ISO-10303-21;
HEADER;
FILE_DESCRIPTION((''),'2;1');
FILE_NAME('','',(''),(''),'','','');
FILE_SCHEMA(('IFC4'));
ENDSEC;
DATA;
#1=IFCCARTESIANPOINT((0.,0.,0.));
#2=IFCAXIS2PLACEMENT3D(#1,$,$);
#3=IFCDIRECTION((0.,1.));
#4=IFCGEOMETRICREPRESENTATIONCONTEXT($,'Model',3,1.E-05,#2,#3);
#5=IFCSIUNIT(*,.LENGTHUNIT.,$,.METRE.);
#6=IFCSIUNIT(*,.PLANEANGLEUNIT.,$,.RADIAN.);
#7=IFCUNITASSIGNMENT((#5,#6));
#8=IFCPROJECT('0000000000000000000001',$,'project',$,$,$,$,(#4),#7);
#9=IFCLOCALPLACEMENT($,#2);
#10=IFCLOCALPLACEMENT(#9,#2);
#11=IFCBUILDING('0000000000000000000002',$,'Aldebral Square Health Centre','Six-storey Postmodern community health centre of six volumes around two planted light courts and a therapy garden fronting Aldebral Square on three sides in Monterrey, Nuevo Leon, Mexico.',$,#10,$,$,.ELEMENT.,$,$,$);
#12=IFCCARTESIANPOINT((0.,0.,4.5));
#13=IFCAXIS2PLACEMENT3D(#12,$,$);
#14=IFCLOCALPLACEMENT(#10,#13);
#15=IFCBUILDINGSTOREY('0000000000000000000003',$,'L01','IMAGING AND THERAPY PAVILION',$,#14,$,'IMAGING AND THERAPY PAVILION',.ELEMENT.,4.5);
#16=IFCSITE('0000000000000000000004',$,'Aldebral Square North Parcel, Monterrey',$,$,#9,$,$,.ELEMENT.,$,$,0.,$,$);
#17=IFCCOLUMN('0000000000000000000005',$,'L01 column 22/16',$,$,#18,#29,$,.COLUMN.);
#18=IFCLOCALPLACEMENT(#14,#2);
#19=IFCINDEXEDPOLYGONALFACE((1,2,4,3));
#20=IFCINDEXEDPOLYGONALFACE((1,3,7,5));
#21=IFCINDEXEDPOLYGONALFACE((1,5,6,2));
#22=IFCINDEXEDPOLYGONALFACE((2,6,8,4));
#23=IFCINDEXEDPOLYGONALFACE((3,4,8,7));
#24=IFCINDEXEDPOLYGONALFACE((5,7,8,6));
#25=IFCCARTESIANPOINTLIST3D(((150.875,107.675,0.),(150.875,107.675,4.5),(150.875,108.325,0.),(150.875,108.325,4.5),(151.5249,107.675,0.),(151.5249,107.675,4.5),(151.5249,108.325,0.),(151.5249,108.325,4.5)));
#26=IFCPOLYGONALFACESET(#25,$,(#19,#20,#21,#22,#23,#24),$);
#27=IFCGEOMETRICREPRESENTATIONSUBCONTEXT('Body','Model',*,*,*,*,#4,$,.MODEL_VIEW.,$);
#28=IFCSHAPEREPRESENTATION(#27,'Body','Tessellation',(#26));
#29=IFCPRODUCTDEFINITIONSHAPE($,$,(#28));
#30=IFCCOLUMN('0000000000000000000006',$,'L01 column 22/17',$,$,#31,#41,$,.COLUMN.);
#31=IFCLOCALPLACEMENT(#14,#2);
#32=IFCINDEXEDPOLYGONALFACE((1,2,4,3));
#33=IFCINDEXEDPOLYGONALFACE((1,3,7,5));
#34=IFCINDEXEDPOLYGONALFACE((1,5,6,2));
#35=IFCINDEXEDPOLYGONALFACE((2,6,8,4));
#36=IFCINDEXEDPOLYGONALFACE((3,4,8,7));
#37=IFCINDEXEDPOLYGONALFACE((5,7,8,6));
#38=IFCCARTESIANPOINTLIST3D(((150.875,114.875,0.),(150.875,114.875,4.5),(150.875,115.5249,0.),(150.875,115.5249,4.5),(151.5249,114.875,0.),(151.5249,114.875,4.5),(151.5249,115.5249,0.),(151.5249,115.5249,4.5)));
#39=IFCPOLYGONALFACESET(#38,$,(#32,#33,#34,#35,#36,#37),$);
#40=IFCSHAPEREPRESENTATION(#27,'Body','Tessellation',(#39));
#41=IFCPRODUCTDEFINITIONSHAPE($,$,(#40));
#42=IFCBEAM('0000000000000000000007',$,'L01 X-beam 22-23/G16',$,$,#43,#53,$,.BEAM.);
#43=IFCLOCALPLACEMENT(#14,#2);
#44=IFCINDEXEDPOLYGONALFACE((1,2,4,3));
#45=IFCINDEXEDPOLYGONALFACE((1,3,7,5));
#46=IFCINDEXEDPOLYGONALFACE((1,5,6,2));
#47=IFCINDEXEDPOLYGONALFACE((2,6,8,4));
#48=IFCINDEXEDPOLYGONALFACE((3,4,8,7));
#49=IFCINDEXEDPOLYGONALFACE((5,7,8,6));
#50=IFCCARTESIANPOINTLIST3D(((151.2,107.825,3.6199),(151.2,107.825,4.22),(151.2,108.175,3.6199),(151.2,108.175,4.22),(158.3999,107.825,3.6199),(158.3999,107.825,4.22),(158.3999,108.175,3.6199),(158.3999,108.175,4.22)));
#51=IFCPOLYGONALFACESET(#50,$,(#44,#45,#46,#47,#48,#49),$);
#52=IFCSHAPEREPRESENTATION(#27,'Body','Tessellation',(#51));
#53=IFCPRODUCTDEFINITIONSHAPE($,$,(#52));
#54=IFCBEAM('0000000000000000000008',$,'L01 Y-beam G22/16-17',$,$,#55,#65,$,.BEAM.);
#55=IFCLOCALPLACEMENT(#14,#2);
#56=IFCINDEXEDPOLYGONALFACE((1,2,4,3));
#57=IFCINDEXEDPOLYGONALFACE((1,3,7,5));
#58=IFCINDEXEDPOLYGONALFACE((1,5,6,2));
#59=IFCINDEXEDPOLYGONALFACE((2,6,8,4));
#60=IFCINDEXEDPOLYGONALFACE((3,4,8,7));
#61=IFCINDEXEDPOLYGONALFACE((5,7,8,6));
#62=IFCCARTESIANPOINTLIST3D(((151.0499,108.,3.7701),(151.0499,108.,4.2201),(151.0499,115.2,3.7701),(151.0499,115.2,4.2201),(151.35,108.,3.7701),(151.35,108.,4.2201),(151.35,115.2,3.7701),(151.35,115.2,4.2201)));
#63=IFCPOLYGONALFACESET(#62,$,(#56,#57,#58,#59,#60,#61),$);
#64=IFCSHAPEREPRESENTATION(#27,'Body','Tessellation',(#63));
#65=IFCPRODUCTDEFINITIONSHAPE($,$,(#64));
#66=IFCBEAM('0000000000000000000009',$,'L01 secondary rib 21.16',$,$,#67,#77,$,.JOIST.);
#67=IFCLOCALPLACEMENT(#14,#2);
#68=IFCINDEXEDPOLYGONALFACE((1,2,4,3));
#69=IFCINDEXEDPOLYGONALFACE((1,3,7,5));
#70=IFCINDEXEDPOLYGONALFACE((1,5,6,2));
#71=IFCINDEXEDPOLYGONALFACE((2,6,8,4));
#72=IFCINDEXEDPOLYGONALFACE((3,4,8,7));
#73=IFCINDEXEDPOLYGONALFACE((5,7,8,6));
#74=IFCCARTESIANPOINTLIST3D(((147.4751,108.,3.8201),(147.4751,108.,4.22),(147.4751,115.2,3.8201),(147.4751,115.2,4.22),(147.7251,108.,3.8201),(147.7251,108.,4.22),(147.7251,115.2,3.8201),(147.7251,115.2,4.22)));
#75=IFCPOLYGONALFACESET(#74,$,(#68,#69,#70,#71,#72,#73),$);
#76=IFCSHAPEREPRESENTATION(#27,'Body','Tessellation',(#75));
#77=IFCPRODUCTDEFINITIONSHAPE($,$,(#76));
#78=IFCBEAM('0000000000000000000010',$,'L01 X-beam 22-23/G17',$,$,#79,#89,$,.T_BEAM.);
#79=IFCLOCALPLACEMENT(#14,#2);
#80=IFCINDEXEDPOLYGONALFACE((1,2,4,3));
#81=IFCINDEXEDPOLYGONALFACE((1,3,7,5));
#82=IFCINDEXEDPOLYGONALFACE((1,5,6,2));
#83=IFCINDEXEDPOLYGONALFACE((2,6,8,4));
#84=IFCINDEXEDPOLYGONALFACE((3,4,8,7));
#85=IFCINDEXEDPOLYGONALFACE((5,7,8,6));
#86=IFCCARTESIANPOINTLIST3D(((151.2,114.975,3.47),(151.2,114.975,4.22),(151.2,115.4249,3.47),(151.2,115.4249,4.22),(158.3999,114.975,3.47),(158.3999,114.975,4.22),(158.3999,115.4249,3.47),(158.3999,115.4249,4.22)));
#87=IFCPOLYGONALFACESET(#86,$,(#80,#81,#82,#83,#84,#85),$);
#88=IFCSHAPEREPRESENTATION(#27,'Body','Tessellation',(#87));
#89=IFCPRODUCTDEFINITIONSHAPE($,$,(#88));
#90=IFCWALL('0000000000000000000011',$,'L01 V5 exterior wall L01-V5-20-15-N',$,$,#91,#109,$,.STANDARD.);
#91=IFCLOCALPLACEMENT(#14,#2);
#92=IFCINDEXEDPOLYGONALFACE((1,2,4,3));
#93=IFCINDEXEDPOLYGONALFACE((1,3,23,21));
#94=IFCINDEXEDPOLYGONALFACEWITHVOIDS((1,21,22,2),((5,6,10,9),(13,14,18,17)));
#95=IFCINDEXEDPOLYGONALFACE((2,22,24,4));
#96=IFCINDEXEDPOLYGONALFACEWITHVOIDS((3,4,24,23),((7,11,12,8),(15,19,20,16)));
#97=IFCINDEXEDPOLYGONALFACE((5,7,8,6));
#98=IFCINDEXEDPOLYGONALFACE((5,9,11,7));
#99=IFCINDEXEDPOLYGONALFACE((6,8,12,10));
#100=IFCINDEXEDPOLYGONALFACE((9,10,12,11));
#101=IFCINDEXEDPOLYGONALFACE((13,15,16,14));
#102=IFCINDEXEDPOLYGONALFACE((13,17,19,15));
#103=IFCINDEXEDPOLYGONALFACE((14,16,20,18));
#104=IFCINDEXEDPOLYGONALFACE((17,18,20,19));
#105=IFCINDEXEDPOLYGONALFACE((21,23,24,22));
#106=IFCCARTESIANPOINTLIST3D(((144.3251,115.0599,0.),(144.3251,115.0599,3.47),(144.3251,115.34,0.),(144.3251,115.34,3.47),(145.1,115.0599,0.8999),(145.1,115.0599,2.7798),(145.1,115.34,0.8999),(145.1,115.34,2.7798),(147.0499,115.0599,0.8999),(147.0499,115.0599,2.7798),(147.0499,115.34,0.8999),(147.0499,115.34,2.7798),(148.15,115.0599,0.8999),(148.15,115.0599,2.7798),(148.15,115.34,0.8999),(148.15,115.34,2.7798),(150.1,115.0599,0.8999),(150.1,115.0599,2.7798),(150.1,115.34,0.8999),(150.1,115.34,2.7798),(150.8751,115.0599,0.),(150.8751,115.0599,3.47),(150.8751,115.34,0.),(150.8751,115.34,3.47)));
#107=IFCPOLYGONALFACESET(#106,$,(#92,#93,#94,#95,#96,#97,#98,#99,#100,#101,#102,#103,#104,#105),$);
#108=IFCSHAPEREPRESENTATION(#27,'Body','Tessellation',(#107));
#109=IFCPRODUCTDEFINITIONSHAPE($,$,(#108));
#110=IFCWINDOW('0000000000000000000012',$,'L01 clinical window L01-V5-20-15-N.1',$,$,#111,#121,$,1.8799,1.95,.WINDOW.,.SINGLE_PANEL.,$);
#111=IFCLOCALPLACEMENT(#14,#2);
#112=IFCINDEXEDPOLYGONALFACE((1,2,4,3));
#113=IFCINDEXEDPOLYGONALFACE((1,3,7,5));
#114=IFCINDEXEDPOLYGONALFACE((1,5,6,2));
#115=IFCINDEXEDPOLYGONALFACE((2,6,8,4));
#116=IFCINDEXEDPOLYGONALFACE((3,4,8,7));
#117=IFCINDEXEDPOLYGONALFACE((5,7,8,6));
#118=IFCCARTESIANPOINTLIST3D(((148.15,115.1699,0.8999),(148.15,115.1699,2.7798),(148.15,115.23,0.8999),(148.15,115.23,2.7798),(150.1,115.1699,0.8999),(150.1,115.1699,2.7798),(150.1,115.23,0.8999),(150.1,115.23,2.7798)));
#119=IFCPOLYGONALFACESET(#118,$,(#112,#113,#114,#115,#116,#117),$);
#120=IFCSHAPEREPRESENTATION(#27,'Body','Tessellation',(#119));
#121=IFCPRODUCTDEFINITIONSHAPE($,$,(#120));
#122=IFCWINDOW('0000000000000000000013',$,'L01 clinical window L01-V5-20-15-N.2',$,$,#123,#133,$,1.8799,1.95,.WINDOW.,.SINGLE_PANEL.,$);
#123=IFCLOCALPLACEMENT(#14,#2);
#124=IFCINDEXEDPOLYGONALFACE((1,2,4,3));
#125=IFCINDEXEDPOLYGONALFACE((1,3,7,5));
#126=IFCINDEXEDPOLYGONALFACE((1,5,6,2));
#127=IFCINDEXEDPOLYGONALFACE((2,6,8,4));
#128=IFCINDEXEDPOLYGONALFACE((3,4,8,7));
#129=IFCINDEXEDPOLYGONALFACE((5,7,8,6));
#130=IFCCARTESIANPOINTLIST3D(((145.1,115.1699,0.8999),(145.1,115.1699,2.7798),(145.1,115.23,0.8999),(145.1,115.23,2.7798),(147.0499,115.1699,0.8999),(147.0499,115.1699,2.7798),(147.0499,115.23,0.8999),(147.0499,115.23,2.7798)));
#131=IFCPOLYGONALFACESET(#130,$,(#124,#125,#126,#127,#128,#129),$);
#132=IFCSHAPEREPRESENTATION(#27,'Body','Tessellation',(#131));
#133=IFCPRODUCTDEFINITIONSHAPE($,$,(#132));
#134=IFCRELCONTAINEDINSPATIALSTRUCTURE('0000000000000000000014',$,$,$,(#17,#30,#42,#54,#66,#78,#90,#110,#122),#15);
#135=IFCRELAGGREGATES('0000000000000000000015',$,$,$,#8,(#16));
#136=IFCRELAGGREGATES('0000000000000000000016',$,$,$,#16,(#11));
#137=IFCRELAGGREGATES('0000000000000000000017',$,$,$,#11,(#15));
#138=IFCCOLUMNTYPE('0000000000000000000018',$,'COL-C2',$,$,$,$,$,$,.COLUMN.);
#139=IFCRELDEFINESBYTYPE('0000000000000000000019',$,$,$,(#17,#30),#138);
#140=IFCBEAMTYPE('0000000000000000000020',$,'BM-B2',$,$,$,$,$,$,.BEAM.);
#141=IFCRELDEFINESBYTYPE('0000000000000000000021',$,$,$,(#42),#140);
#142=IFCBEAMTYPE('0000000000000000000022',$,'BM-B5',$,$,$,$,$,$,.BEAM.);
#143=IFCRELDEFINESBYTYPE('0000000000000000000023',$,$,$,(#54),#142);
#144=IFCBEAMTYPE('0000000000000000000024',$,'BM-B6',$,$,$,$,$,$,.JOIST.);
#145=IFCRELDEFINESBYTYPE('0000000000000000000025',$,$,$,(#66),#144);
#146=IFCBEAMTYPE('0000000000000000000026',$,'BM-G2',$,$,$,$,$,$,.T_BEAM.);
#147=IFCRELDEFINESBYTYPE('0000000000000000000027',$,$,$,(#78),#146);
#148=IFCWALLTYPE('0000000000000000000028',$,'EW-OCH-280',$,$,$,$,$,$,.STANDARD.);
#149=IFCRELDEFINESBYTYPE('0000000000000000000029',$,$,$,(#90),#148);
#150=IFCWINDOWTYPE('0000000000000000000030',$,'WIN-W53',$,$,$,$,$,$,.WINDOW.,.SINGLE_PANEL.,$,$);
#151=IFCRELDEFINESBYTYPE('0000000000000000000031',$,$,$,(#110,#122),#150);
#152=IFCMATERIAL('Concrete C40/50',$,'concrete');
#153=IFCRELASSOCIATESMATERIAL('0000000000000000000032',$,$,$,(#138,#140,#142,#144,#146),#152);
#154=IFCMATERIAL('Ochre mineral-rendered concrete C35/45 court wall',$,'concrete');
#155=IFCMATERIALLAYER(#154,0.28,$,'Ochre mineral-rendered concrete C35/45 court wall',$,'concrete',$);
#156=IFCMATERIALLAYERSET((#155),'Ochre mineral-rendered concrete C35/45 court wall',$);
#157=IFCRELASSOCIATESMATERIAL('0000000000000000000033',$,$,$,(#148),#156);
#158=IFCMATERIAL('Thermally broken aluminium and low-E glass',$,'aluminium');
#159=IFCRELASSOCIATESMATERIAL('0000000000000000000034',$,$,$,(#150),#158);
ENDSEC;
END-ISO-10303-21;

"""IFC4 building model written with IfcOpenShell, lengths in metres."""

from ifc_helpers import new_model, si_unit, direction, frame, frame_2d, origin, origin_2d, place, context, subcontext, project, spatial, rectangle, extrude, material, layer, layer_set, material_profile, profile_set, type_object, element, fill, save


model = new_model("IFC4")

# Units and contexts
model_context = context("Model", 3, precision=1e-05, world=origin(), true_north=direction((0.0, 1.0)))
body_context = subcontext(model_context, "Body", "Model", "MODEL_VIEW")
ifc_project = project(units=[si_unit("LENGTHUNIT", "METRE"), si_unit("PLANEANGLEUNIT", "RADIAN")], contexts=[model_context])

# Site, building, storey
site_placement = place(None, origin())
site = spatial("IfcSite", under=ifc_project, at=site_placement, Name="Aldebral Square North Parcel, Monterrey", CompositionType="ELEMENT", RefElevation=0.0)
building_placement = place(site_placement, origin())
building = spatial("IfcBuilding", under=site, at=building_placement, Name="Aldebral Square Health Centre", Description="Six-storey Postmodern community health centre of six volumes around two planted light courts and a therapy garden fronting Aldebral Square on three sides in Monterrey, Nuevo Leon, Mexico.", CompositionType="ELEMENT")
storey_placement = place(building_placement, frame((0.0, 0.0, 4.5)))
storey = spatial("IfcBuildingStorey", under=building, at=storey_placement, Name="L01", Description="IMAGING AND THERAPY PAVILION", LongName="IMAGING AND THERAPY PAVILION", CompositionType="ELEMENT", Elevation=4.5)

# Columns
ifc_material_1 = material(Name="Concrete C40/50", Category="concrete")
ifc_material_profile_1 = material_profile(ifc_material_1, rectangle(XDim=0.6499, YDim=0.6499, at=origin_2d()), Name="RC 650x650")
ifc_profile_set_1 = profile_set([ifc_material_profile_1], Name="Concrete C40/50")
column_type = type_object("IfcColumnType", Name="COL-C2", PredefinedType="COLUMN", material=ifc_profile_set_1)
for number, where, z_axis, x_axis, name in (
    (1, (151.2, 108.0, 0.0), (0.0, 0.0, 1.0), (1.0, 0.0, 0.0), "L01 column 22/16"),
    (2, (151.2, 115.2, 0.0), (0.0, 0.0, 1.0), (1.0, 0.0, 0.0), "L01 column 22/17"),
):
    element("IfcColumn", number, at=place(storey_placement, frame(where, z_axis=z_axis, x_axis=x_axis)), inside=storey, type_object=column_type, Name=name, PredefinedType="COLUMN", context=body_context, shape_type="SweptSolid", body=[
        extrude(rectangle(XDim=0.6499, YDim=0.6499, at=origin_2d()), origin(), (0.0, 0.0, 1.0), 4.5),
    ])

# Beams
ifc_material_profile_2 = material_profile(ifc_material_1, rectangle(XDim=0.3501, YDim=0.6001, at=origin_2d()), Name="RC 350x600")
ifc_profile_set_2 = profile_set([ifc_material_profile_2], Name="Concrete C40/50")
beam_type_1 = type_object("IfcBeamType", Name="BM-B2", PredefinedType="BEAM", material=ifc_profile_set_2)
beam_1_placement = place(storey_placement, frame((151.2, 108.0, 3.9199), z_axis=(1.0, 0.0, 0.0), x_axis=(0.0, 1.0, 0.0)))
element("IfcBeam", 3, at=beam_1_placement, inside=storey, type_object=beam_type_1, Name="L01 X-beam 22-23/G16", PredefinedType="BEAM", context=body_context, shape_type="SweptSolid", body=[
    extrude(rectangle(XDim=0.3501, YDim=0.6001, at=origin_2d()), origin(), (0.0, 0.0, 1.0), 7.2),
])
ifc_material_profile_3 = material_profile(ifc_material_1, rectangle(XDim=0.3, YDim=0.45, at=origin_2d()), Name="RC 300x450")
ifc_profile_set_3 = profile_set([ifc_material_profile_3], Name="Concrete C40/50")
beam_type_2 = type_object("IfcBeamType", Name="BM-B5", PredefinedType="BEAM", material=ifc_profile_set_3)
beam_2_placement = place(storey_placement, frame((151.2, 108.0, 3.9951), z_axis=(0.0, 1.0, 0.0), x_axis=(-1.0, 0.0, 0.0)))
element("IfcBeam", 4, at=beam_2_placement, inside=storey, type_object=beam_type_2, Name="L01 Y-beam G22/16-17", PredefinedType="BEAM", context=body_context, shape_type="SweptSolid", body=[
    extrude(rectangle(XDim=0.3, YDim=0.45, at=origin_2d()), origin(), (0.0, 0.0, 1.0), 7.2),
])
ifc_material_profile_4 = material_profile(ifc_material_1, rectangle(XDim=0.25, YDim=0.3999, at=origin_2d()), Name="RC 250x400")
ifc_profile_set_4 = profile_set([ifc_material_profile_4], Name="Concrete C40/50")
beam_type_3 = type_object("IfcBeamType", Name="BM-B6", PredefinedType="JOIST", material=ifc_profile_set_4)
beam_3_placement = place(storey_placement, frame((147.6001, 108.0, 4.02), z_axis=(0.0, 1.0, 0.0), x_axis=(-1.0, 0.0, 0.0)))
element("IfcBeam", 5, at=beam_3_placement, inside=storey, type_object=beam_type_3, Name="L01 secondary rib 21.16", PredefinedType="JOIST", context=body_context, shape_type="SweptSolid", body=[
    extrude(rectangle(XDim=0.25, YDim=0.3999, at=origin_2d()), origin(), (0.0, 0.0, 1.0), 7.2),
])
ifc_material_profile_5 = material_profile(ifc_material_1, rectangle(XDim=0.45, YDim=0.75, at=origin_2d()), Name="RC 450x750")
ifc_profile_set_5 = profile_set([ifc_material_profile_5], Name="Concrete C40/50")
beam_type_4 = type_object("IfcBeamType", Name="BM-G2", PredefinedType="T_BEAM", material=ifc_profile_set_5)
beam_4_placement = place(storey_placement, frame((151.2, 115.2, 3.845), z_axis=(1.0, 0.0, 0.0), x_axis=(0.0, 1.0, 0.0)))
element("IfcBeam", 6, at=beam_4_placement, inside=storey, type_object=beam_type_4, Name="L01 X-beam 22-23/G17", PredefinedType="T_BEAM", context=body_context, shape_type="SweptSolid", body=[
    extrude(rectangle(XDim=0.45, YDim=0.75, at=origin_2d()), origin(), (0.0, 0.0, 1.0), 7.2),
])

# Wall, openings, windows
ifc_material_2 = material(Name="Ochre mineral-rendered concrete C35/45 court wall", Category="concrete")
ifc_layer_1 = layer(ifc_material_2, 0.28, Name="Ochre mineral-rendered concrete C35/45 court wall", Category="concrete")
ifc_layer_set_1 = layer_set([ifc_layer_1], Name="Ochre mineral-rendered concrete C35/45 court wall")
wall_type_1 = type_object("IfcWallType", Name="EW-OCH-280", PredefinedType="STANDARD", material=ifc_layer_set_1)
wall_1_placement = place(storey_placement, frame((150.875, 115.2, 0.0), z_axis=(0.0, 0.0, 1.0), x_axis=(-1.0, 0.0, 0.0)))
wall_1 = element("IfcWall", 7, at=wall_1_placement, inside=storey, type_object=wall_type_1, Name="L01 V5 exterior wall L01-V5-20-15-N", PredefinedType="STANDARD", context=body_context, shape_type="SweptSolid", body=[
    extrude(rectangle(XDim=6.55, YDim=0.28, at=frame_2d((3.2749, 0.0))), origin(), (0.0, 0.0, 1.0), 3.47),
])
opening_1_placement = place(wall_1_placement, frame((0.7749, 0.0, 0.8999)))
opening_1 = element("IfcOpeningElement", 8, at=opening_1_placement, cuts=wall_1, PredefinedType="OPENING", context=body_context, shape_type="SweptSolid", body=[
    extrude(rectangle(XDim=1.95, YDim=1.8799, at=frame_2d((0.9751, 0.9399))), frame((0.0, 0.1499, 0.0), z_axis=(0.0, -1.0, 0.0), x_axis=(1.0, 0.0, 0.0)), (0.0, 0.0, 1.0), 0.3),
])
opening_2_placement = place(wall_1_placement, frame((3.825, 0.0, 0.8999)))
opening_2 = element("IfcOpeningElement", 9, at=opening_2_placement, cuts=wall_1, PredefinedType="OPENING", context=body_context, shape_type="SweptSolid", body=[
    extrude(rectangle(XDim=1.95, YDim=1.8799, at=frame_2d((0.9751, 0.9399))), frame((0.0, 0.1499, 0.0), z_axis=(0.0, -1.0, 0.0), x_axis=(1.0, 0.0, 0.0)), (0.0, 0.0, 1.0), 0.3),
])
ifc_material_3 = material(Name="Thermally broken aluminium and low-E glass", Category="aluminium")
window_type_1 = type_object("IfcWindowType", Name="WIN-W53", PartitioningType="SINGLE_PANEL", PredefinedType="WINDOW", material=ifc_material_3)
window_1_placement = place(opening_1_placement, origin())
window_1 = element("IfcWindow", 10, at=window_1_placement, inside=storey, type_object=window_type_1, Name="L01 clinical window L01-V5-20-15-N.1", OverallHeight=1.8799, OverallWidth=1.95, PartitioningType="SINGLE_PANEL", PredefinedType="WINDOW", context=body_context, shape_type="SweptSolid", body=[
    extrude(rectangle(XDim=1.95, YDim=1.8799, at=frame_2d((0.9751, 0.9399))), frame((0.0, 0.03, 0.0), z_axis=(0.0, -1.0, 0.0), x_axis=(1.0, 0.0, 0.0)), (0.0, 0.0, 1.0), 0.0601),
])
fill(opening_1, window_1)
window_2_placement = place(opening_2_placement, origin())
window_2 = element("IfcWindow", 11, at=window_2_placement, inside=storey, type_object=window_type_1, Name="L01 clinical window L01-V5-20-15-N.2", OverallHeight=1.8799, OverallWidth=1.95, PartitioningType="SINGLE_PANEL", PredefinedType="WINDOW", context=body_context, shape_type="SweptSolid", body=[
    extrude(rectangle(XDim=1.95, YDim=1.8799, at=frame_2d((0.9751, 0.9399))), frame((0.0, 0.03, 0.0), z_axis=(0.0, -1.0, 0.0), x_axis=(1.0, 0.0, 0.0)), (0.0, 0.0, 1.0), 0.0601),
])
fill(opening_2, window_2)

save(model, "model.ifc")
